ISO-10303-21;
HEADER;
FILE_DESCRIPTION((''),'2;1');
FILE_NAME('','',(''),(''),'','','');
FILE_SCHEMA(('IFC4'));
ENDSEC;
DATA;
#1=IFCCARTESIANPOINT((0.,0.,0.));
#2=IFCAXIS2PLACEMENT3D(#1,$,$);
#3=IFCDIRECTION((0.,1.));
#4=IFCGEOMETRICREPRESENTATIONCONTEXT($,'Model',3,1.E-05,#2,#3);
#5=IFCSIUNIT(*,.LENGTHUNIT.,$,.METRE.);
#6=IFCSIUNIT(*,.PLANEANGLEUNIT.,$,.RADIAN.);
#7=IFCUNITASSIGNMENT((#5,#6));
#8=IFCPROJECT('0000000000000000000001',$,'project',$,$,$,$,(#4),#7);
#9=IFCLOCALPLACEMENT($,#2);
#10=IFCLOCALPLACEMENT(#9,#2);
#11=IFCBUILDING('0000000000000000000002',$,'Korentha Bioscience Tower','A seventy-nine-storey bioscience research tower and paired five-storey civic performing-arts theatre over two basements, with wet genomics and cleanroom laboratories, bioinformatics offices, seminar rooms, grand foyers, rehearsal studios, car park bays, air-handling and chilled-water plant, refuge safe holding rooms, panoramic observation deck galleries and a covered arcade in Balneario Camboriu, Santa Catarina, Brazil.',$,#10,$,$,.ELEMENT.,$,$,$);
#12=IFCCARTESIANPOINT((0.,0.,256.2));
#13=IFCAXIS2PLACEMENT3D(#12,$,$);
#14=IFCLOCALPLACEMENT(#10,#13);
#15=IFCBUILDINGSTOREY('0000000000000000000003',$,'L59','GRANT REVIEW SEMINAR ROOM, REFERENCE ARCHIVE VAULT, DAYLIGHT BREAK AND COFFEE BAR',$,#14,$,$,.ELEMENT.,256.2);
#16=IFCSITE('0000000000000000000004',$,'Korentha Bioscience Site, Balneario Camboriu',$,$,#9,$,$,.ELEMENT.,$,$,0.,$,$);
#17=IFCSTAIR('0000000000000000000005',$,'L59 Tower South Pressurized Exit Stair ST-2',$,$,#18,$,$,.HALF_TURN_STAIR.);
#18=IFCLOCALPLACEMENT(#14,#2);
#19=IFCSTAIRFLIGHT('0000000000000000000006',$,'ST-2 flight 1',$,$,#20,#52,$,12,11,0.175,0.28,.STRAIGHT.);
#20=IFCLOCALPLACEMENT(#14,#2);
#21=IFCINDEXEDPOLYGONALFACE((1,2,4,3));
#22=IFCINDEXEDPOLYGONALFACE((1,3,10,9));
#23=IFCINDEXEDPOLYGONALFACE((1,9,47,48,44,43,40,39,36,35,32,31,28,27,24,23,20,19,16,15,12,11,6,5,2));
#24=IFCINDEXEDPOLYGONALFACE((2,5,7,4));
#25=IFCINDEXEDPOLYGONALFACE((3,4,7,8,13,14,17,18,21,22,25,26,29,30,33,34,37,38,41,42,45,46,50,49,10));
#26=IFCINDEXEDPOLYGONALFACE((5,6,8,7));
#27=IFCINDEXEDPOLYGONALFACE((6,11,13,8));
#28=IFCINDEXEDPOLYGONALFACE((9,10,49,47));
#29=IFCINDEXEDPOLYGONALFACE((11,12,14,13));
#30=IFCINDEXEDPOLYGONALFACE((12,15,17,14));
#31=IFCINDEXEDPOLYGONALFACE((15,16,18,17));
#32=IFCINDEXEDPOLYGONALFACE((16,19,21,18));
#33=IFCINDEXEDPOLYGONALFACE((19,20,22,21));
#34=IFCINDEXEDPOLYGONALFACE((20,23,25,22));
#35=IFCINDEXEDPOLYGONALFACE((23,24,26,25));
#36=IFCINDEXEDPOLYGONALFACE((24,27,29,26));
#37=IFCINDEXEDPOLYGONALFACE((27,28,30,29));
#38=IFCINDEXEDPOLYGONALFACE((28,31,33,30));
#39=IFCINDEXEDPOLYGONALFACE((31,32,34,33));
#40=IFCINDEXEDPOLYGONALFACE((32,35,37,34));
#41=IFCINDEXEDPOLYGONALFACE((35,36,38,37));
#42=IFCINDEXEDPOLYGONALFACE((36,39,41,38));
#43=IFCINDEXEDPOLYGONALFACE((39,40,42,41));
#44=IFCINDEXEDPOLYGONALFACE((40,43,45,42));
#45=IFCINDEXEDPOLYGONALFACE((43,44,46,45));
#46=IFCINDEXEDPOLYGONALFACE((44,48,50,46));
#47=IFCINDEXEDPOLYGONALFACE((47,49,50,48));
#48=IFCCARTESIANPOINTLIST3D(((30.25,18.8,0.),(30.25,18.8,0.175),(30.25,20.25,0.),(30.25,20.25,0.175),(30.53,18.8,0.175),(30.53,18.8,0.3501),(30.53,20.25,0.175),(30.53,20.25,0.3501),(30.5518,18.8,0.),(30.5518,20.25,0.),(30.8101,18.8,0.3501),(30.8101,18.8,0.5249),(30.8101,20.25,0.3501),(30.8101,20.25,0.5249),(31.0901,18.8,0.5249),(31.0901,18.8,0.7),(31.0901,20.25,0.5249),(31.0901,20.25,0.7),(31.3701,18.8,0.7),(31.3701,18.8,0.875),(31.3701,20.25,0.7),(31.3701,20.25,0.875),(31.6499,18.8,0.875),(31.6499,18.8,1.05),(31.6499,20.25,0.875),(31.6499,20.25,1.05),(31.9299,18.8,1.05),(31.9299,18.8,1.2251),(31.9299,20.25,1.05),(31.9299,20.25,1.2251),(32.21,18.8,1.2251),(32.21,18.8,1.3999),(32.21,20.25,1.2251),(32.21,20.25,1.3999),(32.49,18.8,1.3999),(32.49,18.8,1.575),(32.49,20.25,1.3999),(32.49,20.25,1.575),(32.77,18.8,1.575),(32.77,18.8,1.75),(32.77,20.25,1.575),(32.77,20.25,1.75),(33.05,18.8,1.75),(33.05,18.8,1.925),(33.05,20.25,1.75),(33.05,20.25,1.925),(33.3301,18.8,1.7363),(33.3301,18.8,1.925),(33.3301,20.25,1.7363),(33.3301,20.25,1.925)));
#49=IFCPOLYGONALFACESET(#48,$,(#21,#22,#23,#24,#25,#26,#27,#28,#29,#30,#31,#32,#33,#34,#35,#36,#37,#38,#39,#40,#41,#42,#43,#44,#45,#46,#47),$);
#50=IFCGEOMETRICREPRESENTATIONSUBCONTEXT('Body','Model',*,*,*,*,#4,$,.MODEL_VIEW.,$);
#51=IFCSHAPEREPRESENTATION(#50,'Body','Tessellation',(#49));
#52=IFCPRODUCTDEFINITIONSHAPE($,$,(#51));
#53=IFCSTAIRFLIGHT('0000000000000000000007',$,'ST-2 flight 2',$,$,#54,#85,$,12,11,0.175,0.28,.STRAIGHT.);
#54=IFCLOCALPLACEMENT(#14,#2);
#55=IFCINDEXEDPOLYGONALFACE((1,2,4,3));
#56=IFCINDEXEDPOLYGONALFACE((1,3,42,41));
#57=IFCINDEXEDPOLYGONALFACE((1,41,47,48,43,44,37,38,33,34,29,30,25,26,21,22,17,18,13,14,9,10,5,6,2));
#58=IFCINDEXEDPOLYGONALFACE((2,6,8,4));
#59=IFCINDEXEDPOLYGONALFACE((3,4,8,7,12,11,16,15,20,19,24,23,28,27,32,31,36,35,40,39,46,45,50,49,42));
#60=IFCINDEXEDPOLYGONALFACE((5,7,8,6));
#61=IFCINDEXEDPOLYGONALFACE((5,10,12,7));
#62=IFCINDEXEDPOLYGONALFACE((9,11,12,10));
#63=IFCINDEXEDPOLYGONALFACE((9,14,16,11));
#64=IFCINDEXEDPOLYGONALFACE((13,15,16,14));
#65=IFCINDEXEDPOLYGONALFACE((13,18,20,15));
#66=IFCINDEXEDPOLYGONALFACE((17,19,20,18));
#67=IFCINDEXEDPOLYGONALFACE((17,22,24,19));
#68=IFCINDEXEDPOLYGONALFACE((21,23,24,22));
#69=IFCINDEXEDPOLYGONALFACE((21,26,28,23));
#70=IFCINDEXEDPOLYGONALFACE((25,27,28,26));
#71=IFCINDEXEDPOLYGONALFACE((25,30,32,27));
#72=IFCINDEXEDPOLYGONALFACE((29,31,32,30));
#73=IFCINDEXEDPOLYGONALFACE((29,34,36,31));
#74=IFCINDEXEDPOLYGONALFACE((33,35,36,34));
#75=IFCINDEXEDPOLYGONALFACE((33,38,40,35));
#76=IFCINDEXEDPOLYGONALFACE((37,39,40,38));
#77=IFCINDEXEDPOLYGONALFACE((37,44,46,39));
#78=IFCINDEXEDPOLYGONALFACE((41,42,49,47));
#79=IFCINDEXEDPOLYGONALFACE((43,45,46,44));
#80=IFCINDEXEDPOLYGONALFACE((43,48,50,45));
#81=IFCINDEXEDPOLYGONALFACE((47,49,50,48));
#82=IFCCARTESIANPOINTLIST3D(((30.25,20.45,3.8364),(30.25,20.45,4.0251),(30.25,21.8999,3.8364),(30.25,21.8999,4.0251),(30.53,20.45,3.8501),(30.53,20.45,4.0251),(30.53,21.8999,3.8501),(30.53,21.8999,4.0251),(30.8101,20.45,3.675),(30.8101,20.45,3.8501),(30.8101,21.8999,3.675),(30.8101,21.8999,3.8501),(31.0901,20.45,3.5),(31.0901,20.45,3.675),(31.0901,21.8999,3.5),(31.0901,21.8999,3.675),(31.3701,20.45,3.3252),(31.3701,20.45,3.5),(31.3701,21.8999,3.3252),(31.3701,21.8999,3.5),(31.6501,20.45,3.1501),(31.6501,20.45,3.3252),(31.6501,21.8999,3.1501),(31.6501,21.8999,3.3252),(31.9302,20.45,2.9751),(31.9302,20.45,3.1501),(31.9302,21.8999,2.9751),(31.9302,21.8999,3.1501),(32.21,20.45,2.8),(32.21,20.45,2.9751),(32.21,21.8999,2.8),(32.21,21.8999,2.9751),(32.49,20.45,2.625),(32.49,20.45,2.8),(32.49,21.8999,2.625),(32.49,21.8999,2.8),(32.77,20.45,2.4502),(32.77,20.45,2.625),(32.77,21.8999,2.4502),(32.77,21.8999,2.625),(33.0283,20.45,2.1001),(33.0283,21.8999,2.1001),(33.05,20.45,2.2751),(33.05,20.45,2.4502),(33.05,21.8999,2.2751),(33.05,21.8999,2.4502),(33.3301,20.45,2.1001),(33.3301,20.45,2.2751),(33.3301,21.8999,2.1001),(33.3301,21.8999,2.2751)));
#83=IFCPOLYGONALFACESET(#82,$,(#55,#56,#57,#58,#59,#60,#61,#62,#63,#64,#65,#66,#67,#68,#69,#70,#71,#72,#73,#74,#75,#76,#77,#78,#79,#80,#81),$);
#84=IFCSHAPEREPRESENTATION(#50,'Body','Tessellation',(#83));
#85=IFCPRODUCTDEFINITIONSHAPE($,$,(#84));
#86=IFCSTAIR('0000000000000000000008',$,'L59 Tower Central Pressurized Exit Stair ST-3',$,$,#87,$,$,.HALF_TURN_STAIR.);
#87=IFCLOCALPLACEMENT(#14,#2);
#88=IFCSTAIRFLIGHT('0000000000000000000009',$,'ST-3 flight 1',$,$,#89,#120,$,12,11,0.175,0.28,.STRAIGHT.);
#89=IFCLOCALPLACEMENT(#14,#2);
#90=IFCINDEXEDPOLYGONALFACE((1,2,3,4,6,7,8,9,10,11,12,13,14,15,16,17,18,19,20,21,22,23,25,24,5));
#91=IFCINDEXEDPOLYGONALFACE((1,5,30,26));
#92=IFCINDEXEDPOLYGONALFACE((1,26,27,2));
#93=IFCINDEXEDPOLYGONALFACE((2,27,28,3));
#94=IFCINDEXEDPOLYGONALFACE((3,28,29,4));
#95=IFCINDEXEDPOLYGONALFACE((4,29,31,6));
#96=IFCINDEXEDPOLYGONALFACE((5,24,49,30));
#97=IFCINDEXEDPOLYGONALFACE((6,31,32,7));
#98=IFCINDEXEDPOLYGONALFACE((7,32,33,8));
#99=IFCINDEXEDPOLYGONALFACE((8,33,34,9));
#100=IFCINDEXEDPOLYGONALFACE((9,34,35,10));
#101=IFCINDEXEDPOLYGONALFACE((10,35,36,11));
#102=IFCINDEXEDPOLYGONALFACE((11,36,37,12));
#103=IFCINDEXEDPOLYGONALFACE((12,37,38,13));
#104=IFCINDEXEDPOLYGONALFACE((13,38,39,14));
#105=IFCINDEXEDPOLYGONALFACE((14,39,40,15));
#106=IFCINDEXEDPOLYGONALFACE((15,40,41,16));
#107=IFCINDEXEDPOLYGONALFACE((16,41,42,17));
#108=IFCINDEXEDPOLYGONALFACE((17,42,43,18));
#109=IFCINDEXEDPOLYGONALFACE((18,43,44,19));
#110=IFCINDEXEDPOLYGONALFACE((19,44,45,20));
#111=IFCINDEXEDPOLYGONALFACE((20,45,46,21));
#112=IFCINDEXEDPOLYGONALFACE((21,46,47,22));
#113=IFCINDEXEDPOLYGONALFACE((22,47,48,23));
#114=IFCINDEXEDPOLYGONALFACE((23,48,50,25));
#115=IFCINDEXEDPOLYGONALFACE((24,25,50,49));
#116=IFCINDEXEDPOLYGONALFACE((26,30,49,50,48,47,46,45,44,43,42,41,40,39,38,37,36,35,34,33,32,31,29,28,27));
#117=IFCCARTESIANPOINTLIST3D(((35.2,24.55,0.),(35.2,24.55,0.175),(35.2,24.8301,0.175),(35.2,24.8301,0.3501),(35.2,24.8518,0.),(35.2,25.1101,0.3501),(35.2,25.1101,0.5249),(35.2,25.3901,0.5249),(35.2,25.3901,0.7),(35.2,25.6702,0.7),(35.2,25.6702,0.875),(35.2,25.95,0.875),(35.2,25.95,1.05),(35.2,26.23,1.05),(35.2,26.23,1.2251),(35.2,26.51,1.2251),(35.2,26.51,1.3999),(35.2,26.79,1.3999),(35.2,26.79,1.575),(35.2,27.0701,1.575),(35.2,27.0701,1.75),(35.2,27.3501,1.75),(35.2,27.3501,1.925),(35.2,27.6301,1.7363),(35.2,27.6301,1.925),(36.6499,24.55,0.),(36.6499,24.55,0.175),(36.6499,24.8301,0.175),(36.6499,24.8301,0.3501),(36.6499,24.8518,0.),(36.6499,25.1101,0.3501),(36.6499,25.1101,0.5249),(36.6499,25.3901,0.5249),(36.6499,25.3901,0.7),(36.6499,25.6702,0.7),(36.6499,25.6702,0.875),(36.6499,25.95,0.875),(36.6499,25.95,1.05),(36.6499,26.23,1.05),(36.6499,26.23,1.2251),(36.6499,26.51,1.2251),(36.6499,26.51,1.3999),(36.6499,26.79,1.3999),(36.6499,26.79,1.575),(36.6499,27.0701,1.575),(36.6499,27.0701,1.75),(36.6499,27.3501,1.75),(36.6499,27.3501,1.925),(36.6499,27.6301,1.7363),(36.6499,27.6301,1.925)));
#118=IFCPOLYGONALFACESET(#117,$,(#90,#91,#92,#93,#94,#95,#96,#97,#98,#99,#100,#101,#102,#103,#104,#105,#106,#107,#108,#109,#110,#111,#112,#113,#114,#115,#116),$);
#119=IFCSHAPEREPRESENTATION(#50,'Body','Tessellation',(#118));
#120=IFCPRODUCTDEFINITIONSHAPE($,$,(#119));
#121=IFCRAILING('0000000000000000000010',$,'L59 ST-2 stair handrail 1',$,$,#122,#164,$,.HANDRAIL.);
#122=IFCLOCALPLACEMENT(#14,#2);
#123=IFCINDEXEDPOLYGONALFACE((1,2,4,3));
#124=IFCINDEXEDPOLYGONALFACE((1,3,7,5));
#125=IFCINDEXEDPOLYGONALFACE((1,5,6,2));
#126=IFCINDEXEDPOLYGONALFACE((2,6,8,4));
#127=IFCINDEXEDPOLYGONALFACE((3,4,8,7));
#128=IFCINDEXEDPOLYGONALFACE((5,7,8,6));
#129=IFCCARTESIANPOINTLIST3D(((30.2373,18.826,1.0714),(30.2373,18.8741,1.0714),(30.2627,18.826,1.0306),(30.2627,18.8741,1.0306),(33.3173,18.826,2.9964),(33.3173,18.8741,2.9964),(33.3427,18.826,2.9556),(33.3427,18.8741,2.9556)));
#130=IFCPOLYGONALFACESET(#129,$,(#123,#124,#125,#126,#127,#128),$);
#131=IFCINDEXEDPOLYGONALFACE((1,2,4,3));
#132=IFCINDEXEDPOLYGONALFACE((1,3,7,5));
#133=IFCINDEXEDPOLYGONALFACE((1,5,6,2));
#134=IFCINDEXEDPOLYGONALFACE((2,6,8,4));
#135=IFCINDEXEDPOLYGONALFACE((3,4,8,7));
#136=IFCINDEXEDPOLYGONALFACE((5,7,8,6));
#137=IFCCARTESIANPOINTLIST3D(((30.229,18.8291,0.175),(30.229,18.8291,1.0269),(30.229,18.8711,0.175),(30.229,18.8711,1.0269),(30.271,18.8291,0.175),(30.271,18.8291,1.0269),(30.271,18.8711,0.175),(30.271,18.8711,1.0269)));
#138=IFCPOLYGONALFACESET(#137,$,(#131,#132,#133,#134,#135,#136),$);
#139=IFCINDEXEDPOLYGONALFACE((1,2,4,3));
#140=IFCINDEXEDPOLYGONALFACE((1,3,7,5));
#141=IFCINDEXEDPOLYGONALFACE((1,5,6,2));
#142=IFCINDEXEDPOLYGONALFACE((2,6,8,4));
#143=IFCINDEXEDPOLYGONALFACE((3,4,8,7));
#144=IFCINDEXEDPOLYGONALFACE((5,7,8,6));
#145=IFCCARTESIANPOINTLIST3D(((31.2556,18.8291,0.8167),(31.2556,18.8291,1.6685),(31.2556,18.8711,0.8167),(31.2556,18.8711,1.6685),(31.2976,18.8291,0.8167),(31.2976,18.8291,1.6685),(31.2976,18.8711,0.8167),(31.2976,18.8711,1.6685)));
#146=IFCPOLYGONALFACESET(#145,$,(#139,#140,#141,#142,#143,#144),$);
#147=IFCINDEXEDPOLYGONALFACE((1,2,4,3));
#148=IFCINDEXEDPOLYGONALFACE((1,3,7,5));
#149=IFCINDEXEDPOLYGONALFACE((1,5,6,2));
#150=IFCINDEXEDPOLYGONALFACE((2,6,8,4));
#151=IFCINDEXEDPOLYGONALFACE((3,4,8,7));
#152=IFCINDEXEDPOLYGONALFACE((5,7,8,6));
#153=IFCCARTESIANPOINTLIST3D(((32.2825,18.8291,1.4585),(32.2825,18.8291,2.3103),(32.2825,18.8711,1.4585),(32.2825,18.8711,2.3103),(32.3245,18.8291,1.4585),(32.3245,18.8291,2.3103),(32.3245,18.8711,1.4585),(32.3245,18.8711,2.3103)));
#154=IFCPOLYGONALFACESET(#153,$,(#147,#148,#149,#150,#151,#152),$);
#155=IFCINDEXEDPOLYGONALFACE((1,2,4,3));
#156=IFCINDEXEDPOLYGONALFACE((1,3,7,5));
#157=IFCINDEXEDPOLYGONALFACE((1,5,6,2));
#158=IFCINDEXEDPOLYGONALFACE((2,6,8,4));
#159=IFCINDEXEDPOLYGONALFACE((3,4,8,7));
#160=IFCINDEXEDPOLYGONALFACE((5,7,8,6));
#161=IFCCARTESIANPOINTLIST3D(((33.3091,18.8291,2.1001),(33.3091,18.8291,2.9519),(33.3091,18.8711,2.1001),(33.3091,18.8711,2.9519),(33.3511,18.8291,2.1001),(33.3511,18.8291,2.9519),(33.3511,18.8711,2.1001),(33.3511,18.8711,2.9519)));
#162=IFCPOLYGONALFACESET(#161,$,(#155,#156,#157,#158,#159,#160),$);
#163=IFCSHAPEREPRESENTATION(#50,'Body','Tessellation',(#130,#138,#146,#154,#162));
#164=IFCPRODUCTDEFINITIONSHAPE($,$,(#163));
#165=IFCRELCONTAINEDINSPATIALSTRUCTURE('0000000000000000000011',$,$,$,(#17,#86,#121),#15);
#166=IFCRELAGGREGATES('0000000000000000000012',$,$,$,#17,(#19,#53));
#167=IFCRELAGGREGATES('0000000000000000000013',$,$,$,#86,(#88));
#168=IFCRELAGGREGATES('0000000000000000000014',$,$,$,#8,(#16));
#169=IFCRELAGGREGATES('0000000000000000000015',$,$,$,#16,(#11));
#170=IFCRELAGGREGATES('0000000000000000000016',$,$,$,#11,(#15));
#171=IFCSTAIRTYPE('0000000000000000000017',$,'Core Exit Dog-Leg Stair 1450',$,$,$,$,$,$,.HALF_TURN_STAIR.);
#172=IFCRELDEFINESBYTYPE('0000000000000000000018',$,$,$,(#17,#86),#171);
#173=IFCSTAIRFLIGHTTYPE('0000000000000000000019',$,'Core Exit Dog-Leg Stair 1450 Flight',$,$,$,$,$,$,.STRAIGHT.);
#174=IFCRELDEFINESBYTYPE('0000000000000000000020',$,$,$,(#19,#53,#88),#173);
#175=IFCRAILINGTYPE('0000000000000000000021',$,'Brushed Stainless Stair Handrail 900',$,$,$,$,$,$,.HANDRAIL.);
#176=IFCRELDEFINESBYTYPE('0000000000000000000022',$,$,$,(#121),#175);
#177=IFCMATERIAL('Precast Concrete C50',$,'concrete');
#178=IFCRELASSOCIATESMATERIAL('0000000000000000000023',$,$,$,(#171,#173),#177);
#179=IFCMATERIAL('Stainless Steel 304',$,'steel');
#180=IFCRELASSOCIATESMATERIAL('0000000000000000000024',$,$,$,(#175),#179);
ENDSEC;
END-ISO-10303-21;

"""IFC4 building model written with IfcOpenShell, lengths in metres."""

from ifc_helpers import new_model, si_unit, direction, frame, origin, origin_2d, place, context, subcontext, project, spatial, polyline, rectangle, outline, extrude, material, type_object, element, aggregate, save


model = new_model("IFC4")

# Units and contexts
model_context = context("Model", 3, precision=1e-05, world=origin(), true_north=direction((0.0, 1.0)))
body_context = subcontext(model_context, "Body", "Model", "MODEL_VIEW")
ifc_project = project(units=[si_unit("LENGTHUNIT", "METRE"), si_unit("PLANEANGLEUNIT", "RADIAN")], contexts=[model_context])

# Site, building, storey
site_placement = place(None, origin())
site = spatial("IfcSite", under=ifc_project, at=site_placement, Name="Korentha Bioscience Site, Balneario Camboriu", CompositionType="ELEMENT", RefElevation=0.0)
building_placement = place(site_placement, origin())
building = spatial("IfcBuilding", under=site, at=building_placement, Name="Korentha Bioscience Tower", Description="A seventy-nine-storey bioscience research tower and paired five-storey civic performing-arts theatre over two basements, with wet genomics and cleanroom laboratories, bioinformatics offices, seminar rooms, grand foyers, rehearsal studios, car park bays, air-handling and chilled-water plant, refuge safe holding rooms, panoramic observation deck galleries and a covered arcade in Balneario Camboriu, Santa Catarina, Brazil.", CompositionType="ELEMENT")
storey_placement = place(building_placement, frame((0.0, 0.0, 256.2)))
storey = spatial("IfcBuildingStorey", under=building, at=storey_placement, Name="L59", Description="GRANT REVIEW SEMINAR ROOM, REFERENCE ARCHIVE VAULT, DAYLIGHT BREAK AND COFFEE BAR", CompositionType="ELEMENT", Elevation=256.2)

# Stair, stair flights
ifc_material_1 = material(Name="Precast Concrete C50", Category="concrete")
stair_type = type_object("IfcStairType", Name="Core Exit Dog-Leg Stair 1450", PredefinedType="HALF_TURN_STAIR", material=ifc_material_1)
stair_1_placement = place(storey_placement, origin())
stair_1 = element("IfcStair", 1, at=stair_1_placement, inside=storey, type_object=stair_type, Name="L59 Tower South Pressurized Exit Stair ST-2", PredefinedType="HALF_TURN_STAIR")
stair_flight_type = type_object("IfcStairFlightType", Name="Core Exit Dog-Leg Stair 1450 Flight", PredefinedType="STRAIGHT", material=ifc_material_1)
stair_flight_1_placement = place(storey_placement, frame((30.25, 19.5249, 0.0), z_axis=(0.0, 0.0, 1.0), x_axis=(1.0, 0.0, 0.0)))
stair_flight_1 = element("IfcStairFlight", 2, at=stair_flight_1_placement, type_object=stair_flight_type, Name="ST-2 flight 1", NumberOfRisers=12, NumberOfTreads=11, PredefinedType="STRAIGHT", RiserHeight=0.175, TreadLength=0.28, context=body_context, shape_type="SweptSolid", body=[
    extrude(outline(polyline([(0.0, 0.0), (0.0, 0.175), (0.28, 0.175), (0.28, 0.3501), (0.5601, 0.3501), (0.5601, 0.5249), (0.8401, 0.5249), (0.8401, 0.7), (1.1201, 0.7), (1.1201, 0.875), (1.3999, 0.875), (1.3999, 1.05), (1.6799, 1.05), (1.6799, 1.2251), (1.96, 1.2251), (1.96, 1.3999), (2.24, 1.3999), (2.24, 1.575), (2.52, 1.575), (2.52, 1.75), (2.8, 1.75), (2.8, 1.925), (3.0801, 1.925), (3.0801, 2.1001), (3.0801, 1.7363), (0.3018, 0.0), (0.0, 0.0)])), frame((0.0, 0.7251, 0.0), z_axis=(0.0, -1.0, 0.0), x_axis=(1.0, 0.0, 0.0)), (0.0, 0.0, 1.0), 1.45),
])
stair_flight_2_placement = place(storey_placement, frame((33.3301, 21.175, 2.1001), z_axis=(0.0, 0.0, 1.0), x_axis=(-1.0, 0.0, 0.0)))
stair_flight_2 = element("IfcStairFlight", 3, at=stair_flight_2_placement, type_object=stair_flight_type, Name="ST-2 flight 2", NumberOfRisers=12, NumberOfTreads=11, PredefinedType="STRAIGHT", RiserHeight=0.175, TreadLength=0.28, context=body_context, shape_type="SweptSolid", body=[
    extrude(outline(polyline([(0.0, 0.0), (0.0, 0.175), (0.28, 0.175), (0.28, 0.3501), (0.5601, 0.3501), (0.5601, 0.5249), (0.8401, 0.5249), (0.8401, 0.7), (1.1201, 0.7), (1.1201, 0.875), (1.3999, 0.875), (1.3999, 1.05), (1.6799, 1.05), (1.6799, 1.2251), (1.96, 1.2251), (1.96, 1.3999), (2.24, 1.3999), (2.24, 1.575), (2.52, 1.575), (2.52, 1.75), (2.8, 1.75), (2.8, 1.925), (3.0801, 1.925), (3.0801, 2.1001), (3.0801, 1.7363), (0.3018, 0.0), (0.0, 0.0)])), frame((0.0, 0.7251, 0.0), z_axis=(0.0, -1.0, 0.0), x_axis=(1.0, 0.0, 0.0)), (0.0, 0.0, 1.0), 1.45),
])
aggregate(stair_1, [stair_flight_1, stair_flight_2])

# Stair, stair flight
stair_2_placement = place(storey_placement, origin())
stair_2 = element("IfcStair", 4, at=stair_2_placement, inside=storey, type_object=stair_type, Name="L59 Tower Central Pressurized Exit Stair ST-3", PredefinedType="HALF_TURN_STAIR")
stair_flight_3_placement = place(storey_placement, frame((35.925, 24.55, 0.0), z_axis=(0.0, 0.0, 1.0), x_axis=(0.0, 1.0, 0.0)))
stair_flight_3 = element("IfcStairFlight", 5, at=stair_flight_3_placement, type_object=stair_flight_type, Name="ST-3 flight 1", NumberOfRisers=12, NumberOfTreads=11, PredefinedType="STRAIGHT", RiserHeight=0.175, TreadLength=0.28, context=body_context, shape_type="SweptSolid", body=[
    extrude(outline(polyline([(0.0, 0.0), (0.0, 0.175), (0.28, 0.175), (0.28, 0.3501), (0.5601, 0.3501), (0.5601, 0.5249), (0.8401, 0.5249), (0.8401, 0.7), (1.1201, 0.7), (1.1201, 0.875), (1.3999, 0.875), (1.3999, 1.05), (1.6799, 1.05), (1.6799, 1.2251), (1.96, 1.2251), (1.96, 1.3999), (2.24, 1.3999), (2.24, 1.575), (2.52, 1.575), (2.52, 1.75), (2.8, 1.75), (2.8, 1.925), (3.0801, 1.925), (3.0801, 2.1001), (3.0801, 1.7363), (0.3018, 0.0), (0.0, 0.0)])), frame((0.0, 0.7251, 0.0), z_axis=(0.0, -1.0, 0.0), x_axis=(1.0, 0.0, 0.0)), (0.0, 0.0, 1.0), 1.45),
])
aggregate(stair_2, [stair_flight_3])

# Railing
ifc_material_2 = material(Name="Stainless Steel 304", Category="steel")
railing_type_1 = type_object("IfcRailingType", Name="Brushed Stainless Stair Handrail 900", PredefinedType="HANDRAIL", material=ifc_material_2)
railing_1_placement = place(storey_placement, frame((30.25, 18.8501, 0.175)))
element("IfcRailing", 6, at=railing_1_placement, inside=storey, type_object=railing_type_1, Name="L59 ST-2 stair handrail 1", PredefinedType="HANDRAIL", context=body_context, shape_type="SweptSolid", body=[
    extrude(rectangle(XDim=0.0481, YDim=0.0481, at=origin_2d()), frame((0.0, 0.0, 0.876), z_axis=(0.847998, 0.0, 0.529999), x_axis=(0.0, 1.0, 0.0)), (0.0, 0.0, 1.0), 3.6321),
    extrude(rectangle(XDim=0.042, YDim=0.042, at=origin_2d()), origin(), (0.0, 0.0, 1.0), 0.8518),
    extrude(rectangle(XDim=0.042, YDim=0.042, at=origin_2d()), frame((1.0266, 0.0, 0.6416)), (0.0, 0.0, 1.0), 0.8518),
    extrude(rectangle(XDim=0.042, YDim=0.042, at=origin_2d()), frame((2.0535, 0.0, 1.2834)), (0.0, 0.0, 1.0), 0.8518),
    extrude(rectangle(XDim=0.042, YDim=0.042, at=origin_2d()), frame((3.0801, 0.0, 1.925)), (0.0, 0.0, 1.0), 0.8518),
])

save(model, "model.ifc")
